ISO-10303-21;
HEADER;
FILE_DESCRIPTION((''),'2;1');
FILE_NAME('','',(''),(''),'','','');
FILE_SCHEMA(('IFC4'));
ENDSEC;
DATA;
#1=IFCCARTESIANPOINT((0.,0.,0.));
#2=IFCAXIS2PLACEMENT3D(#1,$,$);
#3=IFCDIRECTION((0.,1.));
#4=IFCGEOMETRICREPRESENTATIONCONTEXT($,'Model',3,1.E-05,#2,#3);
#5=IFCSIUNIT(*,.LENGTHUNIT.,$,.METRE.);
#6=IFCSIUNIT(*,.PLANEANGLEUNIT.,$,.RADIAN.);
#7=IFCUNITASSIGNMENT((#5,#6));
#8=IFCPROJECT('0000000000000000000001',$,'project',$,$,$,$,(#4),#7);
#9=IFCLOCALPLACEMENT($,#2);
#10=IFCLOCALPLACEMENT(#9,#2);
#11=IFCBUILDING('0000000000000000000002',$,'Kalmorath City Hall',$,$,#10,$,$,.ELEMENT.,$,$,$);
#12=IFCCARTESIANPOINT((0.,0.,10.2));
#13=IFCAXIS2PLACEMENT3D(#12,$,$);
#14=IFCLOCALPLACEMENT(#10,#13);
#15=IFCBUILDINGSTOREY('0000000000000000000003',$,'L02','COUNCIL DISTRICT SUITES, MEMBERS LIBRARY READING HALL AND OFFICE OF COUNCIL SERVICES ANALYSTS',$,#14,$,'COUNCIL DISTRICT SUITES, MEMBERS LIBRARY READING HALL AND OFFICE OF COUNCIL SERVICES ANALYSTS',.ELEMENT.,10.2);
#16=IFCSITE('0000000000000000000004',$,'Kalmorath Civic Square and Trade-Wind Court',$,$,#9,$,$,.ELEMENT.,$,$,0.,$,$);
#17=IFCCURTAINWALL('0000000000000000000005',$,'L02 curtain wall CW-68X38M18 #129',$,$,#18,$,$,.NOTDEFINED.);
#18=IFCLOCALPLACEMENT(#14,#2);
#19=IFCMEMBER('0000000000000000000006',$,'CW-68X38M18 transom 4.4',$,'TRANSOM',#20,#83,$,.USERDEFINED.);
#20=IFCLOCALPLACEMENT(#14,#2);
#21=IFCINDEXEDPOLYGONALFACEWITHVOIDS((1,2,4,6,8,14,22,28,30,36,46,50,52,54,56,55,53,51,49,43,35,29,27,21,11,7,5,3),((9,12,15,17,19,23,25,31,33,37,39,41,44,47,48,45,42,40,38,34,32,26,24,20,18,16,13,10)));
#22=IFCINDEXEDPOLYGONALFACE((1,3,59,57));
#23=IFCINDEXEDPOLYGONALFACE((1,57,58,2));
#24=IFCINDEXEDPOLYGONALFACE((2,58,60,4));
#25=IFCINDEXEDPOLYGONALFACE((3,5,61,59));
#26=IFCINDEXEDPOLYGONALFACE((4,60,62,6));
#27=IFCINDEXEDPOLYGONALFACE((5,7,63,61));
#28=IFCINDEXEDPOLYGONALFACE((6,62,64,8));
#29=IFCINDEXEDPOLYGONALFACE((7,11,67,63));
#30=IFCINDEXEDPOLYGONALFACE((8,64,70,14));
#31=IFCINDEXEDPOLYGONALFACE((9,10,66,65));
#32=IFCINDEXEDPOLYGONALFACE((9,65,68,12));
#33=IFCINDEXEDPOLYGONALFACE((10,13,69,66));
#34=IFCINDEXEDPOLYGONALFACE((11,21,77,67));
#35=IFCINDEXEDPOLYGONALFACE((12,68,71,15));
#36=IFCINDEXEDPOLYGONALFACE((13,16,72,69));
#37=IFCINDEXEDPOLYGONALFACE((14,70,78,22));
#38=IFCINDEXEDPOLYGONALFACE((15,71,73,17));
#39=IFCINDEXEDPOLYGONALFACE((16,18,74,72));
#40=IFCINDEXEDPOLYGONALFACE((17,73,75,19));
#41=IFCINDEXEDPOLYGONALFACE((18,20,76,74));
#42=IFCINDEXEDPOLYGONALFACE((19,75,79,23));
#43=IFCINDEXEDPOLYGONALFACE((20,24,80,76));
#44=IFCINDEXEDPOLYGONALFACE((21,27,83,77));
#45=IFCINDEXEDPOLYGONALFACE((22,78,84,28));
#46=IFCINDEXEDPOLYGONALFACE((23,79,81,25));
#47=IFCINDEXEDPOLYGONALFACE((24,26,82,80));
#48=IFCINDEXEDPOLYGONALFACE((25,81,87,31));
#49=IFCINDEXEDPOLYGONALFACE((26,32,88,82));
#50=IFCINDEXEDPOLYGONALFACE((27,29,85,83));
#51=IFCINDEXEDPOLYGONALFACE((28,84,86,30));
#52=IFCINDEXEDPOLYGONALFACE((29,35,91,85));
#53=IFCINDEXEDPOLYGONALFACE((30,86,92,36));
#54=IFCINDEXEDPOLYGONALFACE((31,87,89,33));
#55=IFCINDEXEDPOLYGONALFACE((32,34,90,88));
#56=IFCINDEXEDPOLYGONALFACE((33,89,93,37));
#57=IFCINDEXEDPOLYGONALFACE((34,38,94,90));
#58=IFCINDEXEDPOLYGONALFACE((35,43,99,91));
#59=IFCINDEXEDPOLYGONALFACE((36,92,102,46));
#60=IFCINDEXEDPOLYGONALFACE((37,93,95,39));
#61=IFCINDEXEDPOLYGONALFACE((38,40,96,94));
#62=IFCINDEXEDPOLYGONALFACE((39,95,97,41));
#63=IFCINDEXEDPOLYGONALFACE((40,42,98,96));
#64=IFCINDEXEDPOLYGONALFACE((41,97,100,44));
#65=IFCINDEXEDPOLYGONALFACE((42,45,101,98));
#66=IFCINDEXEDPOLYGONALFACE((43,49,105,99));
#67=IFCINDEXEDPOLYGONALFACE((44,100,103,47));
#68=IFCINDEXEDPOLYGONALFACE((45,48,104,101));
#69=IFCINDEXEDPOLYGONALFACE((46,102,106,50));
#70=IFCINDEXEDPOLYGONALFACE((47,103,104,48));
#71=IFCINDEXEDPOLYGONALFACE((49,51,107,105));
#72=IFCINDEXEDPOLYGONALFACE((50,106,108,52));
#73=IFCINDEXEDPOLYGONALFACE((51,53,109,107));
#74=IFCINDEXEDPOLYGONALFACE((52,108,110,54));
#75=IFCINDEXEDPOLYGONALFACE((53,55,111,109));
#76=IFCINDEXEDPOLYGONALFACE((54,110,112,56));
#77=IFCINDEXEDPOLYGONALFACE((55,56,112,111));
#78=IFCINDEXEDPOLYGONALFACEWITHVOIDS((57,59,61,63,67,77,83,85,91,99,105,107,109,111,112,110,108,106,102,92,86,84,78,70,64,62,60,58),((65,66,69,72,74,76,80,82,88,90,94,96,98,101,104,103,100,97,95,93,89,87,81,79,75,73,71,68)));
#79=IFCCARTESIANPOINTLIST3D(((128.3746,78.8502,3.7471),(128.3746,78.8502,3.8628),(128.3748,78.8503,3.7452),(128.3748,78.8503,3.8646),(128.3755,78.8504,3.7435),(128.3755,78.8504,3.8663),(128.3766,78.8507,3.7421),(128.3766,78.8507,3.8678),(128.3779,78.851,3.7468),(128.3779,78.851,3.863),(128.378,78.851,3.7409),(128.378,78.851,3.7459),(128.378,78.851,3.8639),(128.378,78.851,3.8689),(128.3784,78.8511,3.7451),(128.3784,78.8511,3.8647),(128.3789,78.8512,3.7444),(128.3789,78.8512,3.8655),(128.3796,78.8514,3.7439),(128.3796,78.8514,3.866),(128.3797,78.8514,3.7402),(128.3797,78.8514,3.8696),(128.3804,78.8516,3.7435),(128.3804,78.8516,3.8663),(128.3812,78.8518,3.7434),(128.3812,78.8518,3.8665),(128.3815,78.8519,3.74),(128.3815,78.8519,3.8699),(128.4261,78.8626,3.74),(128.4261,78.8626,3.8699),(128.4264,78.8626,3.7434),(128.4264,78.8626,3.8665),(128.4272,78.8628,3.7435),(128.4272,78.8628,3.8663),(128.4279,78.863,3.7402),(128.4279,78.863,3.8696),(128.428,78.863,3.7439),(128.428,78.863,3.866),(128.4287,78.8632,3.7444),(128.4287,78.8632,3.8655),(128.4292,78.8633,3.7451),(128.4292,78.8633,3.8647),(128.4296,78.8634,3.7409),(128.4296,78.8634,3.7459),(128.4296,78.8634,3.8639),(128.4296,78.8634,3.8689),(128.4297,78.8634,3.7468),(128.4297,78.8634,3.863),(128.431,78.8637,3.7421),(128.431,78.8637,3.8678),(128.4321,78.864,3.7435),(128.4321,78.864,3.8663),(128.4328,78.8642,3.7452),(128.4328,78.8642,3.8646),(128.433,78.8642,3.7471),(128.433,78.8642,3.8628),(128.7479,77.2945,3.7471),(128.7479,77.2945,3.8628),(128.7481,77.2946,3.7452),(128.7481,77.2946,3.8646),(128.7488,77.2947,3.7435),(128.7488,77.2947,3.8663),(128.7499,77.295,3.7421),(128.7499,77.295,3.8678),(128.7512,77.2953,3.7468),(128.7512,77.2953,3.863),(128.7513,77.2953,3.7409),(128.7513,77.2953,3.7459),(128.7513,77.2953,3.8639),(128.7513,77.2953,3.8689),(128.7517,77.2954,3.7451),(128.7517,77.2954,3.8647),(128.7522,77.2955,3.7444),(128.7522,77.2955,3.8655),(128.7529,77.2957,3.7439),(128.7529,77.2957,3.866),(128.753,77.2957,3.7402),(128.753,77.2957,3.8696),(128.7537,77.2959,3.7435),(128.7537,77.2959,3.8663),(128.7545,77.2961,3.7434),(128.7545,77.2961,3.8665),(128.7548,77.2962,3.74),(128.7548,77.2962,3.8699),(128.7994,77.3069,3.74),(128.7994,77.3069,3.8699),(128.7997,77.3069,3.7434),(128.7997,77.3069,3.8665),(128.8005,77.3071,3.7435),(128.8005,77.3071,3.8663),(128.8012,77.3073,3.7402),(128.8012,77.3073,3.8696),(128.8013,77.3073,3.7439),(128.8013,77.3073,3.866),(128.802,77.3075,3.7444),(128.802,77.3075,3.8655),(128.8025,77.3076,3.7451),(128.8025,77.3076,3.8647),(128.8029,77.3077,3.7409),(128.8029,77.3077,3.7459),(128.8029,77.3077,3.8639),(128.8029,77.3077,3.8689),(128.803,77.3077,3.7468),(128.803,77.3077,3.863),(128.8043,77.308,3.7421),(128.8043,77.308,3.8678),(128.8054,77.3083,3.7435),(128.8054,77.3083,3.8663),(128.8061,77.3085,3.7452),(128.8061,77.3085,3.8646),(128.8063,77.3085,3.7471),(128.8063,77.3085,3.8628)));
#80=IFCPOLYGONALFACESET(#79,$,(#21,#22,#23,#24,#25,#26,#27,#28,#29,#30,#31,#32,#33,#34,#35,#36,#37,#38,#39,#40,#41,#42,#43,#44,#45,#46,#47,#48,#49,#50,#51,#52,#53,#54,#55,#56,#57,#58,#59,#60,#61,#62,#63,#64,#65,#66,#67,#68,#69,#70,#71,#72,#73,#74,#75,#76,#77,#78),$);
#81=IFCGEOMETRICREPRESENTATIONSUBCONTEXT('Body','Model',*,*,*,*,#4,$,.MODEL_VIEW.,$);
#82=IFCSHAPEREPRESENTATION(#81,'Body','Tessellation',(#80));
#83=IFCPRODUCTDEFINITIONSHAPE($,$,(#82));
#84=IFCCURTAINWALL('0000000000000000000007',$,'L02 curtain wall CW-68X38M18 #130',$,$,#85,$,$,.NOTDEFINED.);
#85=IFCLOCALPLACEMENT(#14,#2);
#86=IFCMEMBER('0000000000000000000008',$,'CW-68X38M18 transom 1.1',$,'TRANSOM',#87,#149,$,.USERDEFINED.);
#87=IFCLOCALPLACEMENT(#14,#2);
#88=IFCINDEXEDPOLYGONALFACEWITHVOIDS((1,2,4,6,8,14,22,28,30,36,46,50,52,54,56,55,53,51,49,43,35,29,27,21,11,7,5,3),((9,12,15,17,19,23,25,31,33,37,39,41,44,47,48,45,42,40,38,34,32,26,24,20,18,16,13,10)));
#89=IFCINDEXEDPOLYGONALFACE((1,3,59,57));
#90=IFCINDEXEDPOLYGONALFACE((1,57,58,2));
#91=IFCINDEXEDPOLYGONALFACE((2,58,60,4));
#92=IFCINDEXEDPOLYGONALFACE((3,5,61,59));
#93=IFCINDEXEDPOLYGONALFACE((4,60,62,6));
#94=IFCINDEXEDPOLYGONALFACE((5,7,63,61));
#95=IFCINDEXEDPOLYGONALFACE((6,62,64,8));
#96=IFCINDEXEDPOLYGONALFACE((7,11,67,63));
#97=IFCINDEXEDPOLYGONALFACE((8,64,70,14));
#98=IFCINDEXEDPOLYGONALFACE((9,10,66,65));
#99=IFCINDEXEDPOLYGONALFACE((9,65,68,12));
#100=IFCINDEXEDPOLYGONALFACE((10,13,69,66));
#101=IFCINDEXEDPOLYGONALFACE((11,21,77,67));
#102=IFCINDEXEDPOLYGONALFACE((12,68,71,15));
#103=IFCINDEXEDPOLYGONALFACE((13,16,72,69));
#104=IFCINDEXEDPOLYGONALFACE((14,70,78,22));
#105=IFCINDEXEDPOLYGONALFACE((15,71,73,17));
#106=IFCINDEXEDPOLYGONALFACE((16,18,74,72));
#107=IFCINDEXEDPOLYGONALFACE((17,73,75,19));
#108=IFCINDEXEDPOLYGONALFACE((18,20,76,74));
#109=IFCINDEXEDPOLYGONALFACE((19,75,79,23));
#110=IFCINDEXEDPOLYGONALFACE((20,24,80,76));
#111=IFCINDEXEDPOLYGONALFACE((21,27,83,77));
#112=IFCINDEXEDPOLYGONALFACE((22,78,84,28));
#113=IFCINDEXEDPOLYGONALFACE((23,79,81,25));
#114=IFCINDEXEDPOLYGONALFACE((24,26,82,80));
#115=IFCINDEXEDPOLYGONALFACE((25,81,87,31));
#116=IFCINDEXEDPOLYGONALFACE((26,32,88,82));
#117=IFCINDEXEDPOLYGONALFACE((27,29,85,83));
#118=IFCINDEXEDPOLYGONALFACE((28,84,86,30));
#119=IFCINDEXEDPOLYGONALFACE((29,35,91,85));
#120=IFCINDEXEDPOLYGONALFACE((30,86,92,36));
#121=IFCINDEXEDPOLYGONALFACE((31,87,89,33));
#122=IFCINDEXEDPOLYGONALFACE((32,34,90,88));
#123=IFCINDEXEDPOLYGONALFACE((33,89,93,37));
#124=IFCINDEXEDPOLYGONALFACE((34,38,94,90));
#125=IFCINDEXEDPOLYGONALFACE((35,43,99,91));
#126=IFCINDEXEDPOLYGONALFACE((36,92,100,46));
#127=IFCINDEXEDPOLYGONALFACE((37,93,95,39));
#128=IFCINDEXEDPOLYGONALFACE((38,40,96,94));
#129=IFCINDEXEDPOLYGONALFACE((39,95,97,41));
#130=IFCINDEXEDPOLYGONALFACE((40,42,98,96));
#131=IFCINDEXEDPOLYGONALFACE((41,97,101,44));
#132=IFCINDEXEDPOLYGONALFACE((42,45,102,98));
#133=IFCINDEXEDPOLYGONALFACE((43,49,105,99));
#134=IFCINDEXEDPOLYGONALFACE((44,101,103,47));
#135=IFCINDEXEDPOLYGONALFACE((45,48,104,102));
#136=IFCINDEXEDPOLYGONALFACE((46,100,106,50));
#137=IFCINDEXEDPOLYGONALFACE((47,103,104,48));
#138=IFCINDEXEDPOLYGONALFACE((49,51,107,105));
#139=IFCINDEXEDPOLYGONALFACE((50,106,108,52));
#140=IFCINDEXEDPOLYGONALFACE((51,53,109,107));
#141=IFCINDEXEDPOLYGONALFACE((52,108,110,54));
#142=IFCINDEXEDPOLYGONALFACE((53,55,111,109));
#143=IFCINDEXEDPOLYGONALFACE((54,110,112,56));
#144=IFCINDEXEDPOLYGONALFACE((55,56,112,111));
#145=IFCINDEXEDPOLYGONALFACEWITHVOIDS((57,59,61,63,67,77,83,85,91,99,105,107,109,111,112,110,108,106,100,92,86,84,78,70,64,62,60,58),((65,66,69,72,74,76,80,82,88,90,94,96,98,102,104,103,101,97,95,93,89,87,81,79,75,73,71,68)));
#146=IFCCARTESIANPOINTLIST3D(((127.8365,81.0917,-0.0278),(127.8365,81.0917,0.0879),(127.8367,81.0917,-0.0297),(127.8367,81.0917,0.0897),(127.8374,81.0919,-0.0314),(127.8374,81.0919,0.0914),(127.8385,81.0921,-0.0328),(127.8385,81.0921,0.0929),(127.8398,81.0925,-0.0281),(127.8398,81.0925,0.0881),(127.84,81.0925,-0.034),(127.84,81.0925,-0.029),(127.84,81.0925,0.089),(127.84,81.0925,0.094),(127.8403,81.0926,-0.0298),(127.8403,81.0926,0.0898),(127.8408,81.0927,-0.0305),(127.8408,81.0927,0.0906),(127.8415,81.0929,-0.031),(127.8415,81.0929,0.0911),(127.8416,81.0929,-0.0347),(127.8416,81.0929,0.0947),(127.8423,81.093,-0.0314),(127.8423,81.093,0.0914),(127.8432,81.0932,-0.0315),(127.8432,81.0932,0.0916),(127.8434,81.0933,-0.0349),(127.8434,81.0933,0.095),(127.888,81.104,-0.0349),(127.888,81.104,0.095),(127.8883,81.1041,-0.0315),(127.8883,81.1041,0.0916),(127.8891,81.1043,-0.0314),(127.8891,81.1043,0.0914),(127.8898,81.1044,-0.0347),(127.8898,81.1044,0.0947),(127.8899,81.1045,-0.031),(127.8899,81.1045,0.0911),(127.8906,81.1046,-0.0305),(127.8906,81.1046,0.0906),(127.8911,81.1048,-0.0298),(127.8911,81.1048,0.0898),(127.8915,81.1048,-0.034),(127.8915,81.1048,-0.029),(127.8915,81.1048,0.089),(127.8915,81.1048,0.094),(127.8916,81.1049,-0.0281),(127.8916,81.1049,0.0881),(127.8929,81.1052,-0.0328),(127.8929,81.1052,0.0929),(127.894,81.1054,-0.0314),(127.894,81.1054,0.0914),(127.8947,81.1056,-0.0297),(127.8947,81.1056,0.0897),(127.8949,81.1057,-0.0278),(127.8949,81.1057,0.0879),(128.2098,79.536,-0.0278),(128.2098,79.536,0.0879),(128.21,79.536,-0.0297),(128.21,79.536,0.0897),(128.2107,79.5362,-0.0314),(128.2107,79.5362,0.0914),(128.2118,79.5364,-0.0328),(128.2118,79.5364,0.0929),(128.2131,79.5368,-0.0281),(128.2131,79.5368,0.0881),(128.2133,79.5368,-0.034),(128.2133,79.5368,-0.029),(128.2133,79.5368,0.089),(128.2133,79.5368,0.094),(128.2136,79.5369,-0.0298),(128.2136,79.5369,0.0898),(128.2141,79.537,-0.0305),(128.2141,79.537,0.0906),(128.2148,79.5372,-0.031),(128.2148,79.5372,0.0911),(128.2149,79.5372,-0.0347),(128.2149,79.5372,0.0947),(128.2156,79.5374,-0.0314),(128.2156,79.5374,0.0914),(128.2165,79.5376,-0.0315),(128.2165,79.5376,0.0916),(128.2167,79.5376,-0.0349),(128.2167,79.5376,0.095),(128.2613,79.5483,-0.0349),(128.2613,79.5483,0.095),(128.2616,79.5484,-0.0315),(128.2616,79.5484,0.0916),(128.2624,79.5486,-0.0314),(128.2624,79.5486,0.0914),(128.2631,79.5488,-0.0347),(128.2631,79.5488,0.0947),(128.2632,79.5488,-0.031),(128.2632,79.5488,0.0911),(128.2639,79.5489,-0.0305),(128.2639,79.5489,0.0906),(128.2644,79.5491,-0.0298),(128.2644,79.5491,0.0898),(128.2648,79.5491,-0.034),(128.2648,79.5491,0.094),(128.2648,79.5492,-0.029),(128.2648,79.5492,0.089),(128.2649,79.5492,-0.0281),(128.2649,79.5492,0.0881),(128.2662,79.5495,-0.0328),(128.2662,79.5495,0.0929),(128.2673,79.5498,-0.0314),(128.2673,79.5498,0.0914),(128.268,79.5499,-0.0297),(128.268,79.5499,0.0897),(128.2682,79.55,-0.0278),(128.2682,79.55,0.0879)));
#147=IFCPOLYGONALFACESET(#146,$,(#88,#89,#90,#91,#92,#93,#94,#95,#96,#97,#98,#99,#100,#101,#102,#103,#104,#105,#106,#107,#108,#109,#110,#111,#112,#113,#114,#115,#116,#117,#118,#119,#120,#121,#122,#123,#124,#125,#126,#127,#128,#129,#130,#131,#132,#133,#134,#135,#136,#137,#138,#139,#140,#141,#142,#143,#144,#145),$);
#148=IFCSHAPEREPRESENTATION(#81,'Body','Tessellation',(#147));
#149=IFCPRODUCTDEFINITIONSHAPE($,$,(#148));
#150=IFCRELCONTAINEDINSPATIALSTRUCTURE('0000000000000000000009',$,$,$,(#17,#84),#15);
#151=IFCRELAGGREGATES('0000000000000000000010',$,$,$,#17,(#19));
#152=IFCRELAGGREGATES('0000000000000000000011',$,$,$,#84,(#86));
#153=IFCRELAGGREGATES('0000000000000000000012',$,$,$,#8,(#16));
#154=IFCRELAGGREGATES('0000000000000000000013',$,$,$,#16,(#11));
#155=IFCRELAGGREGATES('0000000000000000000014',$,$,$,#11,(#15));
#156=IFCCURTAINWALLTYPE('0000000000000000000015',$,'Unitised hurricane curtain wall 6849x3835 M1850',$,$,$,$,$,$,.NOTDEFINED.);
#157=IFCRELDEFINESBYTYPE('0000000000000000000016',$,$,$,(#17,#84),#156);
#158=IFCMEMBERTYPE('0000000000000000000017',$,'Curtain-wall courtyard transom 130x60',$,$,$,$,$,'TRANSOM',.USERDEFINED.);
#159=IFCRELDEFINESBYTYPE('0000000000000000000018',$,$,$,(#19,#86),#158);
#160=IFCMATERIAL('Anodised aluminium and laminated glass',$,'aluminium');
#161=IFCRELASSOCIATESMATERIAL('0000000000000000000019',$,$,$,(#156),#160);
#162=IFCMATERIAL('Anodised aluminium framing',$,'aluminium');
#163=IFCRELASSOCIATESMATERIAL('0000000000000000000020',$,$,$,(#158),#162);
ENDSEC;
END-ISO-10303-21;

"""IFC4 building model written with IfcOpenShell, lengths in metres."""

from ifc_helpers import new_model, si_unit, direction, frame, origin, origin_2d, place, context, subcontext, project, spatial, hollow_rectangle, extrude, material, material_profile, profile_set, type_object, element, aggregate, save


model = new_model("IFC4")

# Units and contexts
model_context = context("Model", 3, precision=1e-05, world=origin(), true_north=direction((0.0, 1.0)))
body_context = subcontext(model_context, "Body", "Model", "MODEL_VIEW")
ifc_project = project(units=[si_unit("LENGTHUNIT", "METRE"), si_unit("PLANEANGLEUNIT", "RADIAN")], contexts=[model_context])

# Site, building, storey
site_placement = place(None, origin())
site = spatial("IfcSite", under=ifc_project, at=site_placement, Name="Kalmorath Civic Square and Trade-Wind Court", CompositionType="ELEMENT", RefElevation=0.0)
building_placement = place(site_placement, origin())
building = spatial("IfcBuilding", under=site, at=building_placement, Name="Kalmorath City Hall", CompositionType="ELEMENT")
storey_placement = place(building_placement, frame((0.0, 0.0, 10.2)))
storey = spatial("IfcBuildingStorey", under=building, at=storey_placement, Name="L02", Description="COUNCIL DISTRICT SUITES, MEMBERS LIBRARY READING HALL AND OFFICE OF COUNCIL SERVICES ANALYSTS", LongName="COUNCIL DISTRICT SUITES, MEMBERS LIBRARY READING HALL AND OFFICE OF COUNCIL SERVICES ANALYSTS", CompositionType="ELEMENT", Elevation=10.2)

# Curtain walls, members
ifc_material_1 = material(Name="Anodised aluminium and laminated glass", Category="aluminium")
curtain_wall_type = type_object("IfcCurtainWallType", Name="Unitised hurricane curtain wall 6849x3835 M1850", PredefinedType="NOTDEFINED", material=ifc_material_1)
curtain_wall_1_placement = place(storey_placement, origin())
curtain_wall_1 = element("IfcCurtainWall", 1, at=curtain_wall_1_placement, inside=storey, type_object=curtain_wall_type, Name="L02 curtain wall CW-68X38M18 #129", PredefinedType="NOTDEFINED")
ifc_material_2 = material(Name="Anodised aluminium framing", Category="aluminium")
ifc_material_profile_1 = material_profile(ifc_material_2, hollow_rectangle(XDim=0.0601, YDim=0.1299, WallThickness=0.0034, InnerFilletRadius=0.0034, OuterFilletRadius=0.0071, at=origin_2d()), Name="ALU-TRN-130X60X3.5")
ifc_profile_set_1 = profile_set([ifc_material_profile_1], Name="Anodised aluminium framing")
member_type_1 = type_object("IfcMemberType", Name="Curtain-wall courtyard transom 130x60", ElementType="TRANSOM", PredefinedType="USERDEFINED", material=ifc_profile_set_1)
member_1_placement = place(storey_placement, frame((128.7771, 77.3015, 3.8049), z_axis=(-0.233333, 0.972397, 0.0), x_axis=(-0.972397, -0.233333, 0.0)))
member_1 = element("IfcMember", 2, at=member_1_placement, type_object=member_type_1, Name="CW-68X38M18 transom 4.4", ObjectType="TRANSOM", PredefinedType="USERDEFINED", context=body_context, shape_type="SweptSolid", body=[
    extrude(hollow_rectangle(XDim=0.0601, YDim=0.1299, WallThickness=0.0034, InnerFilletRadius=0.0034, OuterFilletRadius=0.0071, at=origin_2d()), origin(), (0.0, 0.0, 1.0), 1.5999),
])
curtain_wall_2_placement = place(storey_placement, origin())
curtain_wall_2 = element("IfcCurtainWall", 3, at=curtain_wall_2_placement, inside=storey, type_object=curtain_wall_type, Name="L02 curtain wall CW-68X38M18 #130", PredefinedType="NOTDEFINED")
member_2_placement = place(storey_placement, frame((128.239, 79.543, 0.03), z_axis=(-0.233333, 0.972397, 0.0), x_axis=(-0.972397, -0.233333, 0.0)))
member_2 = element("IfcMember", 4, at=member_2_placement, type_object=member_type_1, Name="CW-68X38M18 transom 1.1", ObjectType="TRANSOM", PredefinedType="USERDEFINED", context=body_context, shape_type="SweptSolid", body=[
    extrude(hollow_rectangle(XDim=0.0601, YDim=0.1299, WallThickness=0.0034, InnerFilletRadius=0.0034, OuterFilletRadius=0.0071, at=origin_2d()), origin(), (0.0, 0.0, 1.0), 1.5999),
])

aggregate(curtain_wall_1, [member_1])
aggregate(curtain_wall_2, [member_2])

save(model, "model.ifc")
